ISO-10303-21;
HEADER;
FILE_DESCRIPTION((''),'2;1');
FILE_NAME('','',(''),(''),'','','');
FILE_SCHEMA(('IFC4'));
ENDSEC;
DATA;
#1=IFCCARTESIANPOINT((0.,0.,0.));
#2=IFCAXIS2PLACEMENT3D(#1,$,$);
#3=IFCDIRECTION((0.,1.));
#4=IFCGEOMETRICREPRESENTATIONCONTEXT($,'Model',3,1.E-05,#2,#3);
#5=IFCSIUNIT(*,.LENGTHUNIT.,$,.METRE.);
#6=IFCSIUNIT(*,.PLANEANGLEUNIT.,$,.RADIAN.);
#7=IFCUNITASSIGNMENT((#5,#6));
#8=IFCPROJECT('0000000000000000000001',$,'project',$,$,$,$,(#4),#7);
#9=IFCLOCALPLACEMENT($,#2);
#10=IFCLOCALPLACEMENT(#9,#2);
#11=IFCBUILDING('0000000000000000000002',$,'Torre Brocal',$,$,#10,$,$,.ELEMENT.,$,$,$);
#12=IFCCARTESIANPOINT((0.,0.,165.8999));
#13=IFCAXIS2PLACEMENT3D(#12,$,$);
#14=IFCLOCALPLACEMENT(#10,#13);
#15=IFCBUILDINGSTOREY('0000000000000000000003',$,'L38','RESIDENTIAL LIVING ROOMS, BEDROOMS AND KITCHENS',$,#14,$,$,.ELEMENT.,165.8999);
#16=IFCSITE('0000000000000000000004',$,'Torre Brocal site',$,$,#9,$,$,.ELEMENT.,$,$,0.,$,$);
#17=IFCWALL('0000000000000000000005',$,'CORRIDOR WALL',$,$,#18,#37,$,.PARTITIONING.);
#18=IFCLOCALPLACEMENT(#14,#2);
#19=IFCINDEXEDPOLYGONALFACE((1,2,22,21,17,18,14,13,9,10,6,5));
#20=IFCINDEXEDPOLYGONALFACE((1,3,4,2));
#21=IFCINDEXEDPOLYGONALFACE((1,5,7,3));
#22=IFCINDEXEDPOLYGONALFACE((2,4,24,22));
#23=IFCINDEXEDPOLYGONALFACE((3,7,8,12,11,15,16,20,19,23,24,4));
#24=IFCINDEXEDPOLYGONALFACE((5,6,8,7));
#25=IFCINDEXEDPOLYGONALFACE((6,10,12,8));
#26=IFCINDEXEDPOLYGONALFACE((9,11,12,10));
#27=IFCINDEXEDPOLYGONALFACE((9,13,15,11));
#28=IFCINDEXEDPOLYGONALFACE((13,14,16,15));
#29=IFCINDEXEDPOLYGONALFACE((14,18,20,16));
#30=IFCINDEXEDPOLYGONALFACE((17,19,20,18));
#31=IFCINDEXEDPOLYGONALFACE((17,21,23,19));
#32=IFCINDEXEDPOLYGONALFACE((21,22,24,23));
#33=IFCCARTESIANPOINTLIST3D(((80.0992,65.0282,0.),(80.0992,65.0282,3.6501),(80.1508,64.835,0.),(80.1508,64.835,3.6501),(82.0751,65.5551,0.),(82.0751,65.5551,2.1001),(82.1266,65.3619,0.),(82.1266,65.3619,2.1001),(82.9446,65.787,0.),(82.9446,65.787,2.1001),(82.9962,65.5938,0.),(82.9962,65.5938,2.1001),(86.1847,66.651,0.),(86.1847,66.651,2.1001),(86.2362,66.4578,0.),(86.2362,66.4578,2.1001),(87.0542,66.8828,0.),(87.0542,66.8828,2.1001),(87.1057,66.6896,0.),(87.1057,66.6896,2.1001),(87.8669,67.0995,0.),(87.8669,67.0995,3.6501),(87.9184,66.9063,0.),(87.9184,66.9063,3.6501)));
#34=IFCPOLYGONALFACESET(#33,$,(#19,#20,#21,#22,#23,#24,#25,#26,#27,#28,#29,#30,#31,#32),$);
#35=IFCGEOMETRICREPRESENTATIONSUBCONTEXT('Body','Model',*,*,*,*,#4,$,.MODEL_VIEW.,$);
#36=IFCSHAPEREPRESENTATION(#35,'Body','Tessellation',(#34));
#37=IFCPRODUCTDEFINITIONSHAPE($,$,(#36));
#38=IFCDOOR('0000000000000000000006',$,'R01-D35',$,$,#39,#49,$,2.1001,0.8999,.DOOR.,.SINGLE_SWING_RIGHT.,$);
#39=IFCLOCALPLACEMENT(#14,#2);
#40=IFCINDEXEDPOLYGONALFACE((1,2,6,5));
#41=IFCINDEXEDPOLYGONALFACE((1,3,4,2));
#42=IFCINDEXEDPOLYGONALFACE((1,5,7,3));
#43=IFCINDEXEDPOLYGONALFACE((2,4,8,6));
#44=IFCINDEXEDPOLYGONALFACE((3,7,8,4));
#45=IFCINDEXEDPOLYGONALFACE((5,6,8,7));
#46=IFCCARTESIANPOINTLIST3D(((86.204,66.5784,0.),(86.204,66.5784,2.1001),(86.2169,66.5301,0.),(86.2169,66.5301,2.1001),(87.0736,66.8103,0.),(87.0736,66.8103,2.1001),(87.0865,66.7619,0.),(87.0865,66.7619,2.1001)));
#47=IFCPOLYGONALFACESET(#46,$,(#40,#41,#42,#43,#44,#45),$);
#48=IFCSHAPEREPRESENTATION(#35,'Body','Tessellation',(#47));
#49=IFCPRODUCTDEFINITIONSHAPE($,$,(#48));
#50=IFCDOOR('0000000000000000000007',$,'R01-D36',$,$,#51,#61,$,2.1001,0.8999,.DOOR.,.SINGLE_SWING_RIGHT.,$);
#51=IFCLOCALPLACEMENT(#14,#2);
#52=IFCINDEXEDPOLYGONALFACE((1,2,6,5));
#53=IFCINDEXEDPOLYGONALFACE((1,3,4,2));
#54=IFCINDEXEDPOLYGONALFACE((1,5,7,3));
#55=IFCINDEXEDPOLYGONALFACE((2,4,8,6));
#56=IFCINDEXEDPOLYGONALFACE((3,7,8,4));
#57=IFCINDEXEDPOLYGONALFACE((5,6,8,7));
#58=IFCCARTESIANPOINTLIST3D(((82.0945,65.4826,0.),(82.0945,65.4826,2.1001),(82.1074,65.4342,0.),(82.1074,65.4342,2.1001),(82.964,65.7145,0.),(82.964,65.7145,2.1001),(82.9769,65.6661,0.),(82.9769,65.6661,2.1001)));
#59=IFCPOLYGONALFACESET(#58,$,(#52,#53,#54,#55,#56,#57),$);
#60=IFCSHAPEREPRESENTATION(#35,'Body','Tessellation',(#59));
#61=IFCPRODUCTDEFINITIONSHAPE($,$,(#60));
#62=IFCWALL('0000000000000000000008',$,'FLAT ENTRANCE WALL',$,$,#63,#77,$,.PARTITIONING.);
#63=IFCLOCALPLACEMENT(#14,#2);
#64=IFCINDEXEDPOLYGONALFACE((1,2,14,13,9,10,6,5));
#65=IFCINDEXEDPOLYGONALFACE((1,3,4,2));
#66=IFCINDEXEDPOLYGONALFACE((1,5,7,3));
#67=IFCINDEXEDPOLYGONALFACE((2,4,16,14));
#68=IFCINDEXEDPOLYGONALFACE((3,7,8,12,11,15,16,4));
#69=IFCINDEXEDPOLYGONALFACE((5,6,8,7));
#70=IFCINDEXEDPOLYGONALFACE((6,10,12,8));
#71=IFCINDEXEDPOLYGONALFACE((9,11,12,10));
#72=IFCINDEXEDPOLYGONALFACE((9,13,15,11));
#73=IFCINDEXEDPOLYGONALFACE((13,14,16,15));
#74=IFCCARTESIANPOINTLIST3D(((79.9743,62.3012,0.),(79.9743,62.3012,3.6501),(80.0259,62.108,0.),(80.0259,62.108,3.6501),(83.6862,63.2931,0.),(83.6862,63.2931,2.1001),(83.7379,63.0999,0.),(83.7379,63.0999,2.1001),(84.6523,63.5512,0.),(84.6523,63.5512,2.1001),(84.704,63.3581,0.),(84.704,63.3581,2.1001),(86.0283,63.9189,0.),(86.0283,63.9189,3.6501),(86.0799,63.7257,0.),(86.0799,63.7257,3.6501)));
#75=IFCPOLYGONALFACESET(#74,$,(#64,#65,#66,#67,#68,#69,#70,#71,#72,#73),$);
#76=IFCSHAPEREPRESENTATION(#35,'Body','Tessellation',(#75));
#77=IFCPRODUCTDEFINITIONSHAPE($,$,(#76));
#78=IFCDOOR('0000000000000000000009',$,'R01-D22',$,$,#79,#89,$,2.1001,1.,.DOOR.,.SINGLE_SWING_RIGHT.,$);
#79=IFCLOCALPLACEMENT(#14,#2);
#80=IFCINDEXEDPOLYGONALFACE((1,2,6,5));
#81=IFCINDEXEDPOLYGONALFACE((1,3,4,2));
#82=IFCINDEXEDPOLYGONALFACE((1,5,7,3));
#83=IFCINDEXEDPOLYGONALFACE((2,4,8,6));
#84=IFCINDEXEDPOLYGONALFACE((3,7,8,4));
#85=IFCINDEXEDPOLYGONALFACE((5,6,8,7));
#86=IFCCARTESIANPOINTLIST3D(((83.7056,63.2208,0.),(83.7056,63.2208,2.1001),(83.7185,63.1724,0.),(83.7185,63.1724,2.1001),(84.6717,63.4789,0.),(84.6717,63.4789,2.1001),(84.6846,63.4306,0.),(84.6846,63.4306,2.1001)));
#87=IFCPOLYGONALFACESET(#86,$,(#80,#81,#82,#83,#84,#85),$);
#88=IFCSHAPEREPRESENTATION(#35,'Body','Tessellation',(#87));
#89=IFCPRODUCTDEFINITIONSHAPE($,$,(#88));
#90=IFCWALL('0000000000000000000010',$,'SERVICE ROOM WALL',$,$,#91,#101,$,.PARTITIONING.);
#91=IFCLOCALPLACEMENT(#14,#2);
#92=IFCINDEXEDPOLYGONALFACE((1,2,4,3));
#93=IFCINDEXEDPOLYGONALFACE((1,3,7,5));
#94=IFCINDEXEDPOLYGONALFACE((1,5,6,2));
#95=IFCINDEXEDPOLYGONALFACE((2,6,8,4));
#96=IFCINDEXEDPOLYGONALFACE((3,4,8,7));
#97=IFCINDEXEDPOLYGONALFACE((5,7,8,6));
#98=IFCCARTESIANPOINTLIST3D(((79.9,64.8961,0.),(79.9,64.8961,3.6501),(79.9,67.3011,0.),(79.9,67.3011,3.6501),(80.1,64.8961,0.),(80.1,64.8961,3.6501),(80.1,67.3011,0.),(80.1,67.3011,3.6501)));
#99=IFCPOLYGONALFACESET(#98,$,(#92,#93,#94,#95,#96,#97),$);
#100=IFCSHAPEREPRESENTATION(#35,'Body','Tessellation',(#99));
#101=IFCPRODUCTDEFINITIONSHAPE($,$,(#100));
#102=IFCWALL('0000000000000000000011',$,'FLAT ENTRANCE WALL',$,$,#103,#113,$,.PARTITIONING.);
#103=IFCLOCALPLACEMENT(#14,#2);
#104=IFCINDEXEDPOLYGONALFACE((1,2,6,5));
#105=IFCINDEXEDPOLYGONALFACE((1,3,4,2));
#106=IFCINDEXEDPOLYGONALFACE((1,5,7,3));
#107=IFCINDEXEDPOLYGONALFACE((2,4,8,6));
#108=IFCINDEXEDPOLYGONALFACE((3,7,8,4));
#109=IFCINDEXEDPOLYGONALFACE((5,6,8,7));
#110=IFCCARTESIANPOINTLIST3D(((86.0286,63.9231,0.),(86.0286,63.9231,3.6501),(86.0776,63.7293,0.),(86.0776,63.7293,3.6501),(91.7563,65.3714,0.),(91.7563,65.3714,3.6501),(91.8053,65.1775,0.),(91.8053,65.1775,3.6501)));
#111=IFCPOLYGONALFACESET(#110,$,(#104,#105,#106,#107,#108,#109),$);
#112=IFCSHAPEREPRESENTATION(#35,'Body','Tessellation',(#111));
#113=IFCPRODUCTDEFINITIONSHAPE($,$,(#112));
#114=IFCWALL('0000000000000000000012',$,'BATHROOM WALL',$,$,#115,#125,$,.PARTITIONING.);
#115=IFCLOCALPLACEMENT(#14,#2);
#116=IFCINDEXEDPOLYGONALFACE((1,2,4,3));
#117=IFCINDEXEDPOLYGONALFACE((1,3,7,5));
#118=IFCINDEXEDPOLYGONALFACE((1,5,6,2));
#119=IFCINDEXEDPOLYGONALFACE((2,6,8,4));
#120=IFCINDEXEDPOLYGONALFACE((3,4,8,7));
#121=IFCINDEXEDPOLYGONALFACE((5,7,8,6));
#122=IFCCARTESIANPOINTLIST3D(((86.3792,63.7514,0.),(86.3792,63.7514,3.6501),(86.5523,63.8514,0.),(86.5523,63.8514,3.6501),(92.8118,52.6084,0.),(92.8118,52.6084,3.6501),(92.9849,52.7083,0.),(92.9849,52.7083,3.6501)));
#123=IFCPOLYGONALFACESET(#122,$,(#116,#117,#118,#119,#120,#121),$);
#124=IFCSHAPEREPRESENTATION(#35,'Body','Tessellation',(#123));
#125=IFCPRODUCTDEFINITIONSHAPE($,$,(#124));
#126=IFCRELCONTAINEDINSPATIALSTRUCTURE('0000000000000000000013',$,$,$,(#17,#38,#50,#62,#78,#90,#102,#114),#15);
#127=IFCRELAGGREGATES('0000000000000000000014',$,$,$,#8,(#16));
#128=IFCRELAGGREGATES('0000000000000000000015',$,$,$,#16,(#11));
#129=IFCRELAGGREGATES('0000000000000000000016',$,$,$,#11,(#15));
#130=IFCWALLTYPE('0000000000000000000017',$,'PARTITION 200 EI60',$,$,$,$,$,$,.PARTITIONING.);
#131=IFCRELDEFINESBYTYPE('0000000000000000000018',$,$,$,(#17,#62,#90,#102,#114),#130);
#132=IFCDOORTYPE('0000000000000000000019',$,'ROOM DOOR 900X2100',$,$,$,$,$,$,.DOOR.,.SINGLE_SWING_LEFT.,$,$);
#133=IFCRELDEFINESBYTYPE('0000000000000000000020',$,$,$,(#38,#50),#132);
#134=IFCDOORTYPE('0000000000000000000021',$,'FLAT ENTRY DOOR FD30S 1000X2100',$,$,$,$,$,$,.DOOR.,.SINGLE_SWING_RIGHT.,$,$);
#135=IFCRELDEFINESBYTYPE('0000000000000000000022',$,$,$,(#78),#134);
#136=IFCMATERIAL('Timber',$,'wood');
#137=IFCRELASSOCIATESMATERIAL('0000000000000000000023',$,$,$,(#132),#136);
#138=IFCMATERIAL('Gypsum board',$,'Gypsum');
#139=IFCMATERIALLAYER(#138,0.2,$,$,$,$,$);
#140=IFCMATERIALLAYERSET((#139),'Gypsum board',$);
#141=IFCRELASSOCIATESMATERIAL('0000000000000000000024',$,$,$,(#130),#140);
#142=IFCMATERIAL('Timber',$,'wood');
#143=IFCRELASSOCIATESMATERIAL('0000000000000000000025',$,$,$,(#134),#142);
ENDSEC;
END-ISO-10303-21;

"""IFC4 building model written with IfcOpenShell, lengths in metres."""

from ifc_helpers import new_model, si_unit, direction, frame, frame_2d, origin, place, context, subcontext, project, spatial, rectangle, extrude, material, layer, layer_set, type_object, element, fill, save


model = new_model("IFC4")

# Units and contexts
model_context = context("Model", 3, precision=1e-05, world=origin(), true_north=direction((0.0, 1.0)))
body_context = subcontext(model_context, "Body", "Model", "MODEL_VIEW")
ifc_project = project(units=[si_unit("LENGTHUNIT", "METRE"), si_unit("PLANEANGLEUNIT", "RADIAN")], contexts=[model_context])

# Site, building, storey
site_placement = place(None, origin())
site = spatial("IfcSite", under=ifc_project, at=site_placement, Name="Torre Brocal site", CompositionType="ELEMENT", RefElevation=0.0)
building_placement = place(site_placement, origin())
building = spatial("IfcBuilding", under=site, at=building_placement, Name="Torre Brocal", CompositionType="ELEMENT")
storey_placement = place(building_placement, frame((0.0, 0.0, 165.8999)))
storey = spatial("IfcBuildingStorey", under=building, at=storey_placement, Name="L38", Description="RESIDENTIAL LIVING ROOMS, BEDROOMS AND KITCHENS", CompositionType="ELEMENT", Elevation=165.8999)

# Wall, openings, doors
ifc_material_1 = material(Name="Timber", Category="wood")
door_type_1 = type_object("IfcDoorType", Name="ROOM DOOR 900X2100", OperationType="SINGLE_SWING_LEFT", PredefinedType="DOOR", material=ifc_material_1)
ifc_material_2 = material(Name="Gypsum board", Category="Gypsum")
ifc_layer_1 = layer(ifc_material_2, 0.2)
ifc_layer_set_1 = layer_set([ifc_layer_1], Name="Gypsum board")
wall_type_1 = type_object("IfcWallType", Name="PARTITION 200 EI60", PredefinedType="PARTITIONING", material=ifc_layer_set_1)
wall_1_placement = place(storey_placement, frame((80.125, 64.9316, 0.0), z_axis=(0.0, 0.0, 1.0), x_axis=(0.966237, 0.257655, 0.0)))
wall_1 = element("IfcWall", 1, at=wall_1_placement, inside=storey, type_object=wall_type_1, Name="CORRIDOR WALL", PredefinedType="PARTITIONING", context=body_context, shape_type="SweptSolid", body=[
    extrude(rectangle(XDim=8.0391, YDim=0.2, at=frame_2d((4.0195, 0.0))), origin(), (0.0, 0.0, 1.0), 3.6501),
])
opening_1_placement = place(wall_1_placement, frame((6.2981, 0.0, 0.0)))
opening_1 = element("IfcOpeningElement", 2, at=opening_1_placement, cuts=wall_1, PredefinedType="OPENING", context=body_context, shape_type="SweptSolid", body=[
    extrude(rectangle(XDim=0.8999, YDim=2.1001, at=frame_2d((0.45, 1.05))), frame((0.0, 0.1099, 0.0), z_axis=(0.0, -1.0, 0.0), x_axis=(1.0, 0.0, 0.0)), (0.0, 0.0, 1.0), 0.22),
])
opening_2_placement = place(wall_1_placement, frame((2.0449, 0.0, 0.0)))
opening_2 = element("IfcOpeningElement", 3, at=opening_2_placement, cuts=wall_1, PredefinedType="OPENING", context=body_context, shape_type="SweptSolid", body=[
    extrude(rectangle(XDim=0.8999, YDim=2.1001, at=frame_2d((0.45, 1.05))), frame((0.0, 0.1099, 0.0), z_axis=(0.0, -1.0, 0.0), x_axis=(1.0, 0.0, 0.0)), (0.0, 0.0, 1.0), 0.22),
])
door_1_placement = place(opening_1_placement, origin())
door_1 = element("IfcDoor", 4, at=door_1_placement, inside=storey, type_object=door_type_1, Name="R01-D35", OperationType="SINGLE_SWING_RIGHT", OverallHeight=2.1001, OverallWidth=0.8999, PredefinedType="DOOR", context=body_context, shape_type="SweptSolid", body=[
    extrude(rectangle(XDim=0.8999, YDim=2.1001, at=frame_2d((0.45, 1.05))), frame((0.0, 0.0249, 0.0), z_axis=(0.0, -1.0, 0.0), x_axis=(1.0, 0.0, 0.0)), (0.0, 0.0, 1.0), 0.05),
])
fill(opening_1, door_1)
door_2_placement = place(opening_2_placement, origin())
door_2 = element("IfcDoor", 5, at=door_2_placement, inside=storey, type_object=door_type_1, Name="R01-D36", OperationType="SINGLE_SWING_RIGHT", OverallHeight=2.1001, OverallWidth=0.8999, PredefinedType="DOOR", context=body_context, shape_type="SweptSolid", body=[
    extrude(rectangle(XDim=0.8999, YDim=2.1001, at=frame_2d((0.45, 1.05))), frame((0.0, 0.0249, 0.0), z_axis=(0.0, -1.0, 0.0), x_axis=(1.0, 0.0, 0.0)), (0.0, 0.0, 1.0), 0.05),
])
fill(opening_2, door_2)

# Wall, opening, door
wall_2_placement = place(storey_placement, frame((80.0, 62.2046, 0.0), z_axis=(0.0, 0.0, 1.0), x_axis=(0.966104, 0.258152, 0.0)))
wall_2 = element("IfcWall", 6, at=wall_2_placement, inside=storey, type_object=wall_type_1, Name="FLAT ENTRANCE WALL", PredefinedType="PARTITIONING", context=body_context, shape_type="SweptSolid", body=[
    extrude(rectangle(XDim=6.2664, YDim=0.2, at=frame_2d((3.1333, 0.0))), origin(), (0.0, 0.0, 1.0), 3.6501),
])
opening_3_placement = place(wall_2_placement, frame((3.8423, 0.0, 0.0)))
opening_3 = element("IfcOpeningElement", 7, at=opening_3_placement, cuts=wall_2, PredefinedType="OPENING", context=body_context, shape_type="SweptSolid", body=[
    extrude(rectangle(XDim=1.0, YDim=2.1001, at=frame_2d((0.5, 1.05))), frame((0.0, 0.1099, 0.0), z_axis=(0.0, -1.0, 0.0), x_axis=(1.0, 0.0, 0.0)), (0.0, 0.0, 1.0), 0.22),
])
ifc_material_3 = material(Name="Timber", Category="wood")
door_type_2 = type_object("IfcDoorType", Name="FLAT ENTRY DOOR FD30S 1000X2100", OperationType="SINGLE_SWING_RIGHT", PredefinedType="DOOR", material=ifc_material_3)
door_3_placement = place(opening_3_placement, frame((1.0, 0.0, 0.0), z_axis=(0.0, 0.0, 1.0), x_axis=(-1.0, 0.0, 0.0)))
door_3 = element("IfcDoor", 8, at=door_3_placement, inside=storey, type_object=door_type_2, Name="R01-D22", OperationType="SINGLE_SWING_RIGHT", OverallHeight=2.1001, OverallWidth=1.0, PredefinedType="DOOR", context=body_context, shape_type="SweptSolid", body=[
    extrude(rectangle(XDim=1.0, YDim=2.1001, at=frame_2d((0.5, 1.05))), frame((0.0, 0.0249, 0.0), z_axis=(0.0, -1.0, 0.0), x_axis=(1.0, 0.0, 0.0)), (0.0, 0.0, 1.0), 0.05),
])
fill(opening_3, door_3)

# Walls
wall_3_placement = place(storey_placement, frame((80.0, 64.896, 0.0), z_axis=(0.0, 0.0, 1.0), x_axis=(0.0, 1.0, 0.0)))
element("IfcWall", 9, at=wall_3_placement, inside=storey, type_object=wall_type_1, Name="SERVICE ROOM WALL", PredefinedType="PARTITIONING", context=body_context, shape_type="SweptSolid", body=[
    extrude(rectangle(XDim=2.405, YDim=0.2, at=frame_2d((1.2026, 0.0))), origin(), (0.0, 0.0, 1.0), 3.6501),
])
wall_4_placement = place(storey_placement, frame((86.053, 63.8262, 0.0), z_axis=(0.0, 0.0, 1.0), x_axis=(0.96949, 0.245131, 0.0)))
element("IfcWall", 10, at=wall_4_placement, inside=storey, type_object=wall_type_1, Name="FLAT ENTRANCE WALL", PredefinedType="PARTITIONING", context=body_context, shape_type="SweptSolid", body=[
    extrude(rectangle(XDim=5.908, YDim=0.2, at=frame_2d((2.9541, 0.0))), origin(), (0.0, 0.0, 1.0), 3.6501),
])
wall_5_placement = place(storey_placement, frame((86.4658, 63.8013, 0.0), z_axis=(0.0, 0.0, 1.0), x_axis=(0.499951, -0.866054, 0.0)))
element("IfcWall", 11, at=wall_5_placement, inside=storey, type_object=wall_type_1, Name="BATHROOM WALL", PredefinedType="PARTITIONING", context=body_context, shape_type="SweptSolid", body=[
    extrude(rectangle(XDim=12.8665, YDim=0.2, at=frame_2d((6.4331, 0.0))), origin(), (0.0, 0.0, 1.0), 3.6501),
])

save(model, "model.ifc")
